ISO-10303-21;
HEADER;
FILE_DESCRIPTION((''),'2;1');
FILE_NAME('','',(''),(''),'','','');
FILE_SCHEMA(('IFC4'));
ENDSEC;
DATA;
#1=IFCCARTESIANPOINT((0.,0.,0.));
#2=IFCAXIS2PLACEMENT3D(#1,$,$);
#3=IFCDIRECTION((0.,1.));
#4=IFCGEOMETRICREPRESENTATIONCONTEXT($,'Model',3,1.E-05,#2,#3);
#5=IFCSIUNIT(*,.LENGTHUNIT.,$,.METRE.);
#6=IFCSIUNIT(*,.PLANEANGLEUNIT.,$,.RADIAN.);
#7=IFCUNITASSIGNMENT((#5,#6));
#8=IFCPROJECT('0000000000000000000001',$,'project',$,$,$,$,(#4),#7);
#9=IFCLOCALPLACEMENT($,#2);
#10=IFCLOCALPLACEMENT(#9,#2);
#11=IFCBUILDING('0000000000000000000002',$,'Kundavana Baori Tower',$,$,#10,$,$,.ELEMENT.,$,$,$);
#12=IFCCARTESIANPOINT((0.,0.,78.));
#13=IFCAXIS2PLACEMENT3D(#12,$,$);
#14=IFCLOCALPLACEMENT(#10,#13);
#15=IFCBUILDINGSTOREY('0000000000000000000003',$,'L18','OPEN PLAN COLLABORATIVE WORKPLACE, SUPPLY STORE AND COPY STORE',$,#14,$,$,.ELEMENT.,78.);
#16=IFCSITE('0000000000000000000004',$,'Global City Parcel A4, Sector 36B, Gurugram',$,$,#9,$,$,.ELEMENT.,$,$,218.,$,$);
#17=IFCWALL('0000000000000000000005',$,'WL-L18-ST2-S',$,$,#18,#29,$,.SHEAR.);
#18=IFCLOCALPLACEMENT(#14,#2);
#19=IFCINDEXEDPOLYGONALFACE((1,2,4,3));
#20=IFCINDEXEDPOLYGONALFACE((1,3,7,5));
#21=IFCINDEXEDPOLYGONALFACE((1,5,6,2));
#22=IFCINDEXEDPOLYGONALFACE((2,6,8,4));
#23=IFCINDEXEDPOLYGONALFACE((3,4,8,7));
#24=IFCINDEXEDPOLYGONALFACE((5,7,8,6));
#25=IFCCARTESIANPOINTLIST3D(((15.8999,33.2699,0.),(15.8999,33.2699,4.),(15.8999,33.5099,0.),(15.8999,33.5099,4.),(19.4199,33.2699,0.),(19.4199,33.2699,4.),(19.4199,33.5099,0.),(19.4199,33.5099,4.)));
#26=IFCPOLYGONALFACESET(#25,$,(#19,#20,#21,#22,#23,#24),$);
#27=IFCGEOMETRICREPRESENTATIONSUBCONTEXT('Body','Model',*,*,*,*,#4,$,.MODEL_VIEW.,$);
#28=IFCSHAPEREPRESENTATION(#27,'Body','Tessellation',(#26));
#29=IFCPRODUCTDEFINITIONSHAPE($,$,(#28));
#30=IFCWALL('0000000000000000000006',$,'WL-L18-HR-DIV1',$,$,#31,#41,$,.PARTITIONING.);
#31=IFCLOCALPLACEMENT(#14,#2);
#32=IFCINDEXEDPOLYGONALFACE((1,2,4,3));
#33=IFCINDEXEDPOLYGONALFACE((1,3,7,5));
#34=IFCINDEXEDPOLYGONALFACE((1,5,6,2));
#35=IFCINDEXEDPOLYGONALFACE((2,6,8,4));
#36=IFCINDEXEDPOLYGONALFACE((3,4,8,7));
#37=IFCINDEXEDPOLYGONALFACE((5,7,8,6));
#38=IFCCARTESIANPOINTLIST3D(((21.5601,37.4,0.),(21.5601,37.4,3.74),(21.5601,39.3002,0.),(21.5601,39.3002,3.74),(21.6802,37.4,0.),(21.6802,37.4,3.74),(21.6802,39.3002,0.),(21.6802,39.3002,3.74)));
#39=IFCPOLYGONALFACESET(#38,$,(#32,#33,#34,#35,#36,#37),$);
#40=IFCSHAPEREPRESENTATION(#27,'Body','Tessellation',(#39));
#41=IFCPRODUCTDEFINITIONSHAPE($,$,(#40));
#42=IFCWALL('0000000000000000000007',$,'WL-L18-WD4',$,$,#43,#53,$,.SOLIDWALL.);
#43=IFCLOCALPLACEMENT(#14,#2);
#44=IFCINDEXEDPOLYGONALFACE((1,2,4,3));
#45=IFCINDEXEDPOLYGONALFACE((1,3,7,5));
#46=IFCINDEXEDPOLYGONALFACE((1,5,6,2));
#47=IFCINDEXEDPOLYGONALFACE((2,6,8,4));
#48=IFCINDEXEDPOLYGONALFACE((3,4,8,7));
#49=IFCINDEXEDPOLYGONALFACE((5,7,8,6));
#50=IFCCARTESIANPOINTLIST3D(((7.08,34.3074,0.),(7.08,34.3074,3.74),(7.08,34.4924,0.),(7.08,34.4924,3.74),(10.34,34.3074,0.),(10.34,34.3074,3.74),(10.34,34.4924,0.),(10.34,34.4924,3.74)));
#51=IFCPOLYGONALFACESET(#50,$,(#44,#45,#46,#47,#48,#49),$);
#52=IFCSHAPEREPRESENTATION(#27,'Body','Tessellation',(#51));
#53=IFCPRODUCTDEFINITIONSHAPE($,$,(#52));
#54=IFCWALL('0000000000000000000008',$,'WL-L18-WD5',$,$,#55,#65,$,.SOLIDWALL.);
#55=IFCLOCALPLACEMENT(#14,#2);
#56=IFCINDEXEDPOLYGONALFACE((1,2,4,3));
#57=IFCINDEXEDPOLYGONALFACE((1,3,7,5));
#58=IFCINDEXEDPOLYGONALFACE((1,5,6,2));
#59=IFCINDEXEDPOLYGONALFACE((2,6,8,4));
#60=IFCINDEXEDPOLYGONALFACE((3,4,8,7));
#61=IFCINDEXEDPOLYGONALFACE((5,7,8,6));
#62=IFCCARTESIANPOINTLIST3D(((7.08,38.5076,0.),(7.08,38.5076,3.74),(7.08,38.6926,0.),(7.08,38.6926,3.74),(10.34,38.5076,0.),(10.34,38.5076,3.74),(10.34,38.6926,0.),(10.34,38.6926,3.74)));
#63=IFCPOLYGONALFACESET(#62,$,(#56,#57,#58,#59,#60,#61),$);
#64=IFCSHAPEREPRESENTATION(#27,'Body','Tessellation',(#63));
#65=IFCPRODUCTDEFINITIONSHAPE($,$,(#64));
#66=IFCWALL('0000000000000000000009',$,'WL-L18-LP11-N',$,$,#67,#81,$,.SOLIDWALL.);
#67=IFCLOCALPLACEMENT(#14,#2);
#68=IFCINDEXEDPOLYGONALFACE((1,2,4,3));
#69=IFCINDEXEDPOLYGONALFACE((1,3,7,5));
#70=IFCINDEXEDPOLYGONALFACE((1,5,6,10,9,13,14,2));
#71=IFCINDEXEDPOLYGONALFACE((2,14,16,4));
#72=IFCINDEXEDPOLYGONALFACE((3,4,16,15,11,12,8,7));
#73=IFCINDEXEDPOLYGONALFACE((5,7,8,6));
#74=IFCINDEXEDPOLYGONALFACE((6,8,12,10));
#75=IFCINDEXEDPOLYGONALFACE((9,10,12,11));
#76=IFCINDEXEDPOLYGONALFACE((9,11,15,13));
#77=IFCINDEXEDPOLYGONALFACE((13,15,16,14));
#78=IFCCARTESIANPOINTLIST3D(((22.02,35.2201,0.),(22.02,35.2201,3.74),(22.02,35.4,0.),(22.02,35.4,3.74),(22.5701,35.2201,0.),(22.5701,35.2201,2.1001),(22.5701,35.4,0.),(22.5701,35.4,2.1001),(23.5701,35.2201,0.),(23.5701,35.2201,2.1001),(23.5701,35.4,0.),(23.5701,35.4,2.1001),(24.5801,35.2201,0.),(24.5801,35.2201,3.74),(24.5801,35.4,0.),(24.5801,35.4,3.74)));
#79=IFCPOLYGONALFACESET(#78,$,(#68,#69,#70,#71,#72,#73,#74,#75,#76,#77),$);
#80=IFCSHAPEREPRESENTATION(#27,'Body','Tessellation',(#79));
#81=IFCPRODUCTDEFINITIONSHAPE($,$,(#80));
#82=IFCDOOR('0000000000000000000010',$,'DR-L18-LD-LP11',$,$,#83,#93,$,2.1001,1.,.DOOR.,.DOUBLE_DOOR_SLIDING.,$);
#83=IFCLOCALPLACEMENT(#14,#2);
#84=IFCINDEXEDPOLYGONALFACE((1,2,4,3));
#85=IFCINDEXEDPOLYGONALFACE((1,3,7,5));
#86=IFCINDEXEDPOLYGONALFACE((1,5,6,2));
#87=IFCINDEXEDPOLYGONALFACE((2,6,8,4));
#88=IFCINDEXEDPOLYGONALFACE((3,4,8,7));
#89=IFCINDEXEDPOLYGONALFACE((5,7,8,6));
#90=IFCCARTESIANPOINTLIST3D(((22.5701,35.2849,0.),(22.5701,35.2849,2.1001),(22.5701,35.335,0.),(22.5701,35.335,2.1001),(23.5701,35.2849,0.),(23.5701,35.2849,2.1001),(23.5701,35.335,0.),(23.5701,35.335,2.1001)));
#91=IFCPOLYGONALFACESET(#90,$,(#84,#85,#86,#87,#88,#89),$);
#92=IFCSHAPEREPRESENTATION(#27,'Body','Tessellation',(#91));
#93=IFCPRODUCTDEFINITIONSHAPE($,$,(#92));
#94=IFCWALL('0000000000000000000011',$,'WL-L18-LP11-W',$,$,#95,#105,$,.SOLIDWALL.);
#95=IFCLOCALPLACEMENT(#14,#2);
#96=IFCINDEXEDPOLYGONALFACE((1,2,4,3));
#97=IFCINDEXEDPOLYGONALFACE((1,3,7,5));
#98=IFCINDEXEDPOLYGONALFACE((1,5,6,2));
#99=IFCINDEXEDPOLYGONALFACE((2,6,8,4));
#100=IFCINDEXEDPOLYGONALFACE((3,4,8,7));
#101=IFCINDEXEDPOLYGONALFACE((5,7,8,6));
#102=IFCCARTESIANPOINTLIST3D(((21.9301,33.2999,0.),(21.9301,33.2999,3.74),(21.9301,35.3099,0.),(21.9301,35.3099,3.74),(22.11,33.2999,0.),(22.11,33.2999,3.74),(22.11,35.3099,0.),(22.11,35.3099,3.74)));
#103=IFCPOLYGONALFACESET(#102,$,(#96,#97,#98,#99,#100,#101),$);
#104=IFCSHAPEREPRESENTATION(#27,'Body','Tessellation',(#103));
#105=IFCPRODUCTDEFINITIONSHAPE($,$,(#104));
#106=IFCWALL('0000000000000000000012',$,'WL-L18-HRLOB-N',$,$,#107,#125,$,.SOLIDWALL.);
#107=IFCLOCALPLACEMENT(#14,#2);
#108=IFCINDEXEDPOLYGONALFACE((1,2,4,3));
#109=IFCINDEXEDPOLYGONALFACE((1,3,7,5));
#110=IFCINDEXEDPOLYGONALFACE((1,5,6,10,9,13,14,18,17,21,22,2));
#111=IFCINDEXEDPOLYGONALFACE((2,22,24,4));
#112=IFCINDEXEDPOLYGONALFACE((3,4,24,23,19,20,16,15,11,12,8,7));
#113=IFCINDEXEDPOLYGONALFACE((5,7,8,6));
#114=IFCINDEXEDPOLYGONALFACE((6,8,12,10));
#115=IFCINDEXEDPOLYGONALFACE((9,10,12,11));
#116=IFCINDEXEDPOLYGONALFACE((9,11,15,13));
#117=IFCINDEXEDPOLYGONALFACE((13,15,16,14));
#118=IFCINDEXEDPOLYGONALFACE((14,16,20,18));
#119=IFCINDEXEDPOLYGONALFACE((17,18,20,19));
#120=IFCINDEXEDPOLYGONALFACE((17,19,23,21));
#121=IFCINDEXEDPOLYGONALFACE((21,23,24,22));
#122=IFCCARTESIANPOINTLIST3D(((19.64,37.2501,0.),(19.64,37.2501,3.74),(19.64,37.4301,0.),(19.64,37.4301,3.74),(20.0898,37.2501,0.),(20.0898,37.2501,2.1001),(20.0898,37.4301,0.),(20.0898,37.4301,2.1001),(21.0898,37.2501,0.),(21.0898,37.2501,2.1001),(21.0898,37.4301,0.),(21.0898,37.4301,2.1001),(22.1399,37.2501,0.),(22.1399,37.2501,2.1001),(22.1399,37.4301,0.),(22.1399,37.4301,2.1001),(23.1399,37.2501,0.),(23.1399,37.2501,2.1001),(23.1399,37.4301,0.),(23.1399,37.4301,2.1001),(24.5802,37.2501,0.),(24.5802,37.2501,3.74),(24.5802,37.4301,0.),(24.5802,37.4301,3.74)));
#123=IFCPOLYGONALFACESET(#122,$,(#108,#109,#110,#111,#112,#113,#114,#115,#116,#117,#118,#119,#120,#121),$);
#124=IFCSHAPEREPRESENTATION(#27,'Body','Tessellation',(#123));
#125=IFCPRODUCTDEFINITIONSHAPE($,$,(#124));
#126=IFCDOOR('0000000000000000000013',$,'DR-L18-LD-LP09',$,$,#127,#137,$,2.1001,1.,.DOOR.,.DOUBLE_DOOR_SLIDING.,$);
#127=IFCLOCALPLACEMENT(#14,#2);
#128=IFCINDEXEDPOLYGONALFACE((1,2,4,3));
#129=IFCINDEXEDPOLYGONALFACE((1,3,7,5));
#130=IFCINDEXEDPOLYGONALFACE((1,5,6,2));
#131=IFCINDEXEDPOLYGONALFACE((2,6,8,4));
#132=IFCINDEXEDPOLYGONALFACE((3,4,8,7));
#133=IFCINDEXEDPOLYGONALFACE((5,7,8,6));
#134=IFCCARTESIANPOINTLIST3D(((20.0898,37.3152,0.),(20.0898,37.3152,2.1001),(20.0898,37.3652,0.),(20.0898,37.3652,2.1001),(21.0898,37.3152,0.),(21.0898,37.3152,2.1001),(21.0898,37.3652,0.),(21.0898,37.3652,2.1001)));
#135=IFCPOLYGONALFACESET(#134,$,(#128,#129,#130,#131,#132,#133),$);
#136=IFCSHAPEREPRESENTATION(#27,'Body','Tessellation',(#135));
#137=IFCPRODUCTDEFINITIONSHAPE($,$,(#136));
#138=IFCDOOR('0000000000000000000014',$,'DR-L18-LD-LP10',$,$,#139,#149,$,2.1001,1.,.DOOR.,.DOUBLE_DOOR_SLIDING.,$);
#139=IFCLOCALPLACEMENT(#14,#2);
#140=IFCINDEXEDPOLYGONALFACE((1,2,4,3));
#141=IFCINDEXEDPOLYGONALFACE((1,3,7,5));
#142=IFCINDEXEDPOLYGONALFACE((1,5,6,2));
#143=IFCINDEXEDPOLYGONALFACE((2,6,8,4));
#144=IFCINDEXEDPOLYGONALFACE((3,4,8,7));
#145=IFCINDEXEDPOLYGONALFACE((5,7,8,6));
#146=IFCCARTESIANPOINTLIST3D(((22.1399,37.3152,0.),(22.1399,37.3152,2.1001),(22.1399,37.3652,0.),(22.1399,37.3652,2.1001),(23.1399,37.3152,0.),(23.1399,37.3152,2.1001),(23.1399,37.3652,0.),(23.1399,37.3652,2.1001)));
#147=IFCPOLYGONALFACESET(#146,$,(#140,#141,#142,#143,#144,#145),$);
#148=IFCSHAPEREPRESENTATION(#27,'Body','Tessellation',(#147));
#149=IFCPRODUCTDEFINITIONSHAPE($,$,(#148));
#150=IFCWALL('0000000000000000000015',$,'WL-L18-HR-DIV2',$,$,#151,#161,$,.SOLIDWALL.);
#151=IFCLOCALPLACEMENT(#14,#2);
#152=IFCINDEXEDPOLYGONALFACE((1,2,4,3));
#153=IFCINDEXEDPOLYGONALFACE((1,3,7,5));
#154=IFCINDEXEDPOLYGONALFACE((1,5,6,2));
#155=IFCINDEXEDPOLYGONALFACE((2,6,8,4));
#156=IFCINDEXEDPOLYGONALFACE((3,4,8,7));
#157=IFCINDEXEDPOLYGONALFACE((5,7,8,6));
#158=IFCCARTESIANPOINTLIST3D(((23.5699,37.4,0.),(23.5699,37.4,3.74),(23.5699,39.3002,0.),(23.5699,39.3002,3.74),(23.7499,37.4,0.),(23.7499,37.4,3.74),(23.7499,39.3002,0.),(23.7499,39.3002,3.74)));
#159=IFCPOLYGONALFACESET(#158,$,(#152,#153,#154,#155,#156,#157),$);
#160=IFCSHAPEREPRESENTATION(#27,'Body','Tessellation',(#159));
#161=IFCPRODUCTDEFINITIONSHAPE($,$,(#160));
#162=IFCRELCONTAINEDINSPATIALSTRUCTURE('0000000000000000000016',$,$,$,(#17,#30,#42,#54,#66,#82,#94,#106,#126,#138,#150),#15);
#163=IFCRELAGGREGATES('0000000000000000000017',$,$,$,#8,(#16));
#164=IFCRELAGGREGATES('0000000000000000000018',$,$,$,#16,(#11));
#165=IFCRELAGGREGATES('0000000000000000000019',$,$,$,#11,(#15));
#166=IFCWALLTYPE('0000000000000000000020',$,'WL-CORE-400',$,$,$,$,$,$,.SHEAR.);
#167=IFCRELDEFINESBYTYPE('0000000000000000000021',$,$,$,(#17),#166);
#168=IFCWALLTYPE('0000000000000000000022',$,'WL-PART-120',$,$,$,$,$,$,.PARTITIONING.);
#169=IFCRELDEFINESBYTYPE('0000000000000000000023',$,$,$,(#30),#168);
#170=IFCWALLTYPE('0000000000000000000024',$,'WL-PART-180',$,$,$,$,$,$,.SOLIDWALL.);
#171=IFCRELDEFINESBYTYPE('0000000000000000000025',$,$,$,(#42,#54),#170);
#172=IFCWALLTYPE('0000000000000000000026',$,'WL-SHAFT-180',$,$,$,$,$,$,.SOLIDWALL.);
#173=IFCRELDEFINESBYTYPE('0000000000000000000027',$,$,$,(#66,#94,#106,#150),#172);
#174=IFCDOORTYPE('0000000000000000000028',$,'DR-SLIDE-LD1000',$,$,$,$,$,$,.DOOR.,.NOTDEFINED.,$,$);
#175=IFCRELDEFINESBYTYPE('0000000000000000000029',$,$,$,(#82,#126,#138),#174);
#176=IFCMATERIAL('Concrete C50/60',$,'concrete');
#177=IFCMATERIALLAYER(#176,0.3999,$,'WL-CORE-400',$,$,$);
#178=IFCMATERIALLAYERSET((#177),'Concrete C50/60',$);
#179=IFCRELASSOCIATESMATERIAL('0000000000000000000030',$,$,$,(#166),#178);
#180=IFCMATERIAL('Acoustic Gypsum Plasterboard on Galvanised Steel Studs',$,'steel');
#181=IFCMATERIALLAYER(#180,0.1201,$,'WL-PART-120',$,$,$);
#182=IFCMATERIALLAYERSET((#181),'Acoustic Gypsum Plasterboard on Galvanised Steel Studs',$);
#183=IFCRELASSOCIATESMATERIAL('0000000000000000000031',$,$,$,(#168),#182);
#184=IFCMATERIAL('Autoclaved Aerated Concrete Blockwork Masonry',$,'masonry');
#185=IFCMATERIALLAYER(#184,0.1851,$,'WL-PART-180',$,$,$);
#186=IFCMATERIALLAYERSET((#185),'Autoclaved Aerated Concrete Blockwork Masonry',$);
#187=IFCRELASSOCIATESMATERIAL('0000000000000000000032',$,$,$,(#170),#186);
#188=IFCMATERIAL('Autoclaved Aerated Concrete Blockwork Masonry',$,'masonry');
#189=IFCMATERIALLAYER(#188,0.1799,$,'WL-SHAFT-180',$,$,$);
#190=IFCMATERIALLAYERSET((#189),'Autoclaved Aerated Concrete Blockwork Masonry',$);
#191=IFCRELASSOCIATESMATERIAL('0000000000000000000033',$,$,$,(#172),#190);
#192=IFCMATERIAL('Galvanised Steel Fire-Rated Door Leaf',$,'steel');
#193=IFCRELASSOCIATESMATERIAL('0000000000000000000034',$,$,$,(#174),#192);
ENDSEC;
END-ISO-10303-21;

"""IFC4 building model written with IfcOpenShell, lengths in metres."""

from ifc_helpers import new_model, si_unit, direction, frame, frame_2d, origin, place, context, subcontext, project, spatial, rectangle, extrude, material, layer, layer_set, type_object, element, fill, save


model = new_model("IFC4")

# Units and contexts
model_context = context("Model", 3, precision=1e-05, world=origin(), true_north=direction((0.0, 1.0)))
body_context = subcontext(model_context, "Body", "Model", "MODEL_VIEW")
ifc_project = project(units=[si_unit("LENGTHUNIT", "METRE"), si_unit("PLANEANGLEUNIT", "RADIAN")], contexts=[model_context])

# Site, building, storey
site_placement = place(None, origin())
site = spatial("IfcSite", under=ifc_project, at=site_placement, Name="Global City Parcel A4, Sector 36B, Gurugram", CompositionType="ELEMENT", RefElevation=218.0)
building_placement = place(site_placement, origin())
building = spatial("IfcBuilding", under=site, at=building_placement, Name="Kundavana Baori Tower", CompositionType="ELEMENT")
storey_placement = place(building_placement, frame((0.0, 0.0, 78.0)))
storey = spatial("IfcBuildingStorey", under=building, at=storey_placement, Name="L18", Description="OPEN PLAN COLLABORATIVE WORKPLACE, SUPPLY STORE AND COPY STORE", CompositionType="ELEMENT", Elevation=78.0)

# Walls
ifc_material_1 = material(Name="Concrete C50/60", Category="concrete")
ifc_layer_1 = layer(ifc_material_1, 0.3999, Name="WL-CORE-400")
ifc_layer_set_1 = layer_set([ifc_layer_1], Name="Concrete C50/60")
wall_type_1 = type_object("IfcWallType", Name="WL-CORE-400", PredefinedType="SHEAR", material=ifc_layer_set_1)
wall_1_placement = place(storey_placement, frame((15.8999, 33.3899, 0.0), z_axis=(0.0, 0.0, 1.0), x_axis=(1.0, 0.0, 0.0)))
element("IfcWall", 1, at=wall_1_placement, inside=storey, type_object=wall_type_1, Name="WL-L18-ST2-S", PredefinedType="SHEAR", context=body_context, shape_type="SweptSolid", body=[
    extrude(rectangle(XDim=3.52, YDim=0.24, at=frame_2d((1.76, 0.0))), origin(), (0.0, 0.0, 1.0), 4.0),
])
ifc_material_2 = material(Name="Acoustic Gypsum Plasterboard on Galvanised Steel Studs", Category="steel")
ifc_layer_2 = layer(ifc_material_2, 0.1201, Name="WL-PART-120")
ifc_layer_set_2 = layer_set([ifc_layer_2], Name="Acoustic Gypsum Plasterboard on Galvanised Steel Studs")
wall_type_2 = type_object("IfcWallType", Name="WL-PART-120", PredefinedType="PARTITIONING", material=ifc_layer_set_2)
wall_2_placement = place(storey_placement, frame((21.6201, 37.3999, 0.0), z_axis=(0.0, 0.0, 1.0), x_axis=(0.0, 1.0, 0.0)))
element("IfcWall", 2, at=wall_2_placement, inside=storey, type_object=wall_type_2, Name="WL-L18-HR-DIV1", PredefinedType="PARTITIONING", context=body_context, shape_type="SweptSolid", body=[
    extrude(rectangle(XDim=1.9001, YDim=0.1201, at=frame_2d((0.9502, 0.0))), origin(), (0.0, 0.0, 1.0), 3.74),
])
ifc_material_3 = material(Name="Autoclaved Aerated Concrete Blockwork Masonry", Category="masonry")
ifc_layer_3 = layer(ifc_material_3, 0.1851, Name="WL-PART-180")
ifc_layer_set_3 = layer_set([ifc_layer_3], Name="Autoclaved Aerated Concrete Blockwork Masonry")
wall_type_3 = type_object("IfcWallType", Name="WL-PART-180", PredefinedType="SOLIDWALL", material=ifc_layer_set_3)
for number, where, z_axis, x_axis, name in (
    (3, (7.0801, 34.3999, 0.0), (0.0, 0.0, 1.0), (1.0, 0.0, 0.0), "WL-L18-WD4"),
    (4, (7.0801, 38.6001, 0.0), (0.0, 0.0, 1.0), (1.0, 0.0, 0.0), "WL-L18-WD5"),
):
    element("IfcWall", number, at=place(storey_placement, frame(where, z_axis=z_axis, x_axis=x_axis)), inside=storey, type_object=wall_type_3, Name=name, PredefinedType="SOLIDWALL", context=body_context, shape_type="SweptSolid", body=[
        extrude(rectangle(XDim=3.26, YDim=0.1851, at=frame_2d((1.6299, 0.0))), origin(), (0.0, 0.0, 1.0), 3.74),
    ])

# Wall, opening, door
ifc_material_4 = material(Name="Autoclaved Aerated Concrete Blockwork Masonry", Category="masonry")
ifc_layer_4 = layer(ifc_material_4, 0.1799, Name="WL-SHAFT-180")
ifc_layer_set_4 = layer_set([ifc_layer_4], Name="Autoclaved Aerated Concrete Blockwork Masonry")
wall_type_4 = type_object("IfcWallType", Name="WL-SHAFT-180", PredefinedType="SOLIDWALL", material=ifc_layer_set_4)
wall_3_placement = place(storey_placement, frame((22.02, 35.3101, 0.0), z_axis=(0.0, 0.0, 1.0), x_axis=(1.0, 0.0, 0.0)))
wall_3 = element("IfcWall", 5, at=wall_3_placement, inside=storey, type_object=wall_type_4, Name="WL-L18-LP11-N", PredefinedType="SOLIDWALL", context=body_context, shape_type="SweptSolid", body=[
    extrude(rectangle(XDim=2.5601, YDim=0.1799, at=frame_2d((1.28, 0.0))), origin(), (0.0, 0.0, 1.0), 3.74),
])
opening_1_placement = place(wall_3_placement, frame((0.55, 0.0, 0.0)))
opening_1 = element("IfcOpeningElement", 6, at=opening_1_placement, cuts=wall_3, PredefinedType="OPENING", context=body_context, shape_type="SweptSolid", body=[
    extrude(rectangle(XDim=1.0, YDim=2.1001, at=frame_2d((0.5, 1.05))), frame((0.0, 0.1001, 0.0), z_axis=(0.0, -1.0, 0.0), x_axis=(1.0, 0.0, 0.0)), (0.0, 0.0, 1.0), 0.2),
])
ifc_material_5 = material(Name="Galvanised Steel Fire-Rated Door Leaf", Category="steel")
door_type = type_object("IfcDoorType", Name="DR-SLIDE-LD1000", OperationType="NOTDEFINED", PredefinedType="DOOR", material=ifc_material_5)
door_1_placement = place(opening_1_placement, origin())
door_1 = element("IfcDoor", 7, at=door_1_placement, inside=storey, type_object=door_type, Name="DR-L18-LD-LP11", OperationType="DOUBLE_DOOR_SLIDING", OverallHeight=2.1001, OverallWidth=1.0, PredefinedType="DOOR", context=body_context, shape_type="SweptSolid", body=[
    extrude(rectangle(XDim=1.0, YDim=2.1001, at=frame_2d((0.5, 1.05))), frame((0.0, 0.0249, 0.0), z_axis=(0.0, -1.0, 0.0), x_axis=(1.0, 0.0, 0.0)), (0.0, 0.0, 1.0), 0.05),
])
fill(opening_1, door_1)

# Wall
wall_4_placement = place(storey_placement, frame((22.02, 33.3, 0.0), z_axis=(0.0, 0.0, 1.0), x_axis=(0.0, 1.0, 0.0)))
element("IfcWall", 8, at=wall_4_placement, inside=storey, type_object=wall_type_4, Name="WL-L18-LP11-W", PredefinedType="SOLIDWALL", context=body_context, shape_type="SweptSolid", body=[
    extrude(rectangle(XDim=2.01, YDim=0.1799, at=frame_2d((1.0049, 0.0))), origin(), (0.0, 0.0, 1.0), 3.74),
])

# Wall, openings, doors
wall_5_placement = place(storey_placement, frame((19.6399, 37.3401, 0.0), z_axis=(0.0, 0.0, 1.0), x_axis=(1.0, 0.0, 0.0)))
wall_5 = element("IfcWall", 9, at=wall_5_placement, inside=storey, type_object=wall_type_4, Name="WL-L18-HRLOB-N", PredefinedType="SOLIDWALL", context=body_context, shape_type="SweptSolid", body=[
    extrude(rectangle(XDim=4.9402, YDim=0.1799, at=frame_2d((2.4702, 0.0))), origin(), (0.0, 0.0, 1.0), 3.74),
])
opening_2_placement = place(wall_5_placement, frame((0.45, 0.0, 0.0)))
opening_2 = element("IfcOpeningElement", 10, at=opening_2_placement, cuts=wall_5, PredefinedType="OPENING", context=body_context, shape_type="SweptSolid", body=[
    extrude(rectangle(XDim=1.0, YDim=2.1001, at=frame_2d((0.5, 1.05))), frame((0.0, 0.1001, 0.0), z_axis=(0.0, -1.0, 0.0), x_axis=(1.0, 0.0, 0.0)), (0.0, 0.0, 1.0), 0.2),
])
opening_3_placement = place(wall_5_placement, frame((2.5, 0.0, 0.0)))
opening_3 = element("IfcOpeningElement", 11, at=opening_3_placement, cuts=wall_5, PredefinedType="OPENING", context=body_context, shape_type="SweptSolid", body=[
    extrude(rectangle(XDim=1.0, YDim=2.1001, at=frame_2d((0.5, 1.05))), frame((0.0, 0.1001, 0.0), z_axis=(0.0, -1.0, 0.0), x_axis=(1.0, 0.0, 0.0)), (0.0, 0.0, 1.0), 0.2),
])
door_2_placement = place(opening_2_placement, frame((1.0, 0.0, 0.0), z_axis=(0.0, 0.0, 1.0), x_axis=(-1.0, 0.0, 0.0)))
door_2 = element("IfcDoor", 12, at=door_2_placement, inside=storey, type_object=door_type, Name="DR-L18-LD-LP09", OperationType="DOUBLE_DOOR_SLIDING", OverallHeight=2.1001, OverallWidth=1.0, PredefinedType="DOOR", context=body_context, shape_type="SweptSolid", body=[
    extrude(rectangle(XDim=1.0, YDim=2.1001, at=frame_2d((0.5, 1.05))), frame((0.0, 0.0249, 0.0), z_axis=(0.0, -1.0, 0.0), x_axis=(1.0, 0.0, 0.0)), (0.0, 0.0, 1.0), 0.05),
])
fill(opening_2, door_2)
door_3_placement = place(opening_3_placement, frame((1.0, 0.0, 0.0), z_axis=(0.0, 0.0, 1.0), x_axis=(-1.0, 0.0, 0.0)))
door_3 = element("IfcDoor", 13, at=door_3_placement, inside=storey, type_object=door_type, Name="DR-L18-LD-LP10", OperationType="DOUBLE_DOOR_SLIDING", OverallHeight=2.1001, OverallWidth=1.0, PredefinedType="DOOR", context=body_context, shape_type="SweptSolid", body=[
    extrude(rectangle(XDim=1.0, YDim=2.1001, at=frame_2d((0.5, 1.05))), frame((0.0, 0.0249, 0.0), z_axis=(0.0, -1.0, 0.0), x_axis=(1.0, 0.0, 0.0)), (0.0, 0.0, 1.0), 0.05),
])
fill(opening_3, door_3)

# Wall
wall_6_placement = place(storey_placement, frame((23.6599, 37.3999, 0.0), z_axis=(0.0, 0.0, 1.0), x_axis=(0.0, 1.0, 0.0)))
element("IfcWall", 14, at=wall_6_placement, inside=storey, type_object=wall_type_4, Name="WL-L18-HR-DIV2", PredefinedType="SOLIDWALL", context=body_context, shape_type="SweptSolid", body=[
    extrude(rectangle(XDim=1.9001, YDim=0.1799, at=frame_2d((0.9502, 0.0))), origin(), (0.0, 0.0, 1.0), 3.74),
])

save(model, "model.ifc")
